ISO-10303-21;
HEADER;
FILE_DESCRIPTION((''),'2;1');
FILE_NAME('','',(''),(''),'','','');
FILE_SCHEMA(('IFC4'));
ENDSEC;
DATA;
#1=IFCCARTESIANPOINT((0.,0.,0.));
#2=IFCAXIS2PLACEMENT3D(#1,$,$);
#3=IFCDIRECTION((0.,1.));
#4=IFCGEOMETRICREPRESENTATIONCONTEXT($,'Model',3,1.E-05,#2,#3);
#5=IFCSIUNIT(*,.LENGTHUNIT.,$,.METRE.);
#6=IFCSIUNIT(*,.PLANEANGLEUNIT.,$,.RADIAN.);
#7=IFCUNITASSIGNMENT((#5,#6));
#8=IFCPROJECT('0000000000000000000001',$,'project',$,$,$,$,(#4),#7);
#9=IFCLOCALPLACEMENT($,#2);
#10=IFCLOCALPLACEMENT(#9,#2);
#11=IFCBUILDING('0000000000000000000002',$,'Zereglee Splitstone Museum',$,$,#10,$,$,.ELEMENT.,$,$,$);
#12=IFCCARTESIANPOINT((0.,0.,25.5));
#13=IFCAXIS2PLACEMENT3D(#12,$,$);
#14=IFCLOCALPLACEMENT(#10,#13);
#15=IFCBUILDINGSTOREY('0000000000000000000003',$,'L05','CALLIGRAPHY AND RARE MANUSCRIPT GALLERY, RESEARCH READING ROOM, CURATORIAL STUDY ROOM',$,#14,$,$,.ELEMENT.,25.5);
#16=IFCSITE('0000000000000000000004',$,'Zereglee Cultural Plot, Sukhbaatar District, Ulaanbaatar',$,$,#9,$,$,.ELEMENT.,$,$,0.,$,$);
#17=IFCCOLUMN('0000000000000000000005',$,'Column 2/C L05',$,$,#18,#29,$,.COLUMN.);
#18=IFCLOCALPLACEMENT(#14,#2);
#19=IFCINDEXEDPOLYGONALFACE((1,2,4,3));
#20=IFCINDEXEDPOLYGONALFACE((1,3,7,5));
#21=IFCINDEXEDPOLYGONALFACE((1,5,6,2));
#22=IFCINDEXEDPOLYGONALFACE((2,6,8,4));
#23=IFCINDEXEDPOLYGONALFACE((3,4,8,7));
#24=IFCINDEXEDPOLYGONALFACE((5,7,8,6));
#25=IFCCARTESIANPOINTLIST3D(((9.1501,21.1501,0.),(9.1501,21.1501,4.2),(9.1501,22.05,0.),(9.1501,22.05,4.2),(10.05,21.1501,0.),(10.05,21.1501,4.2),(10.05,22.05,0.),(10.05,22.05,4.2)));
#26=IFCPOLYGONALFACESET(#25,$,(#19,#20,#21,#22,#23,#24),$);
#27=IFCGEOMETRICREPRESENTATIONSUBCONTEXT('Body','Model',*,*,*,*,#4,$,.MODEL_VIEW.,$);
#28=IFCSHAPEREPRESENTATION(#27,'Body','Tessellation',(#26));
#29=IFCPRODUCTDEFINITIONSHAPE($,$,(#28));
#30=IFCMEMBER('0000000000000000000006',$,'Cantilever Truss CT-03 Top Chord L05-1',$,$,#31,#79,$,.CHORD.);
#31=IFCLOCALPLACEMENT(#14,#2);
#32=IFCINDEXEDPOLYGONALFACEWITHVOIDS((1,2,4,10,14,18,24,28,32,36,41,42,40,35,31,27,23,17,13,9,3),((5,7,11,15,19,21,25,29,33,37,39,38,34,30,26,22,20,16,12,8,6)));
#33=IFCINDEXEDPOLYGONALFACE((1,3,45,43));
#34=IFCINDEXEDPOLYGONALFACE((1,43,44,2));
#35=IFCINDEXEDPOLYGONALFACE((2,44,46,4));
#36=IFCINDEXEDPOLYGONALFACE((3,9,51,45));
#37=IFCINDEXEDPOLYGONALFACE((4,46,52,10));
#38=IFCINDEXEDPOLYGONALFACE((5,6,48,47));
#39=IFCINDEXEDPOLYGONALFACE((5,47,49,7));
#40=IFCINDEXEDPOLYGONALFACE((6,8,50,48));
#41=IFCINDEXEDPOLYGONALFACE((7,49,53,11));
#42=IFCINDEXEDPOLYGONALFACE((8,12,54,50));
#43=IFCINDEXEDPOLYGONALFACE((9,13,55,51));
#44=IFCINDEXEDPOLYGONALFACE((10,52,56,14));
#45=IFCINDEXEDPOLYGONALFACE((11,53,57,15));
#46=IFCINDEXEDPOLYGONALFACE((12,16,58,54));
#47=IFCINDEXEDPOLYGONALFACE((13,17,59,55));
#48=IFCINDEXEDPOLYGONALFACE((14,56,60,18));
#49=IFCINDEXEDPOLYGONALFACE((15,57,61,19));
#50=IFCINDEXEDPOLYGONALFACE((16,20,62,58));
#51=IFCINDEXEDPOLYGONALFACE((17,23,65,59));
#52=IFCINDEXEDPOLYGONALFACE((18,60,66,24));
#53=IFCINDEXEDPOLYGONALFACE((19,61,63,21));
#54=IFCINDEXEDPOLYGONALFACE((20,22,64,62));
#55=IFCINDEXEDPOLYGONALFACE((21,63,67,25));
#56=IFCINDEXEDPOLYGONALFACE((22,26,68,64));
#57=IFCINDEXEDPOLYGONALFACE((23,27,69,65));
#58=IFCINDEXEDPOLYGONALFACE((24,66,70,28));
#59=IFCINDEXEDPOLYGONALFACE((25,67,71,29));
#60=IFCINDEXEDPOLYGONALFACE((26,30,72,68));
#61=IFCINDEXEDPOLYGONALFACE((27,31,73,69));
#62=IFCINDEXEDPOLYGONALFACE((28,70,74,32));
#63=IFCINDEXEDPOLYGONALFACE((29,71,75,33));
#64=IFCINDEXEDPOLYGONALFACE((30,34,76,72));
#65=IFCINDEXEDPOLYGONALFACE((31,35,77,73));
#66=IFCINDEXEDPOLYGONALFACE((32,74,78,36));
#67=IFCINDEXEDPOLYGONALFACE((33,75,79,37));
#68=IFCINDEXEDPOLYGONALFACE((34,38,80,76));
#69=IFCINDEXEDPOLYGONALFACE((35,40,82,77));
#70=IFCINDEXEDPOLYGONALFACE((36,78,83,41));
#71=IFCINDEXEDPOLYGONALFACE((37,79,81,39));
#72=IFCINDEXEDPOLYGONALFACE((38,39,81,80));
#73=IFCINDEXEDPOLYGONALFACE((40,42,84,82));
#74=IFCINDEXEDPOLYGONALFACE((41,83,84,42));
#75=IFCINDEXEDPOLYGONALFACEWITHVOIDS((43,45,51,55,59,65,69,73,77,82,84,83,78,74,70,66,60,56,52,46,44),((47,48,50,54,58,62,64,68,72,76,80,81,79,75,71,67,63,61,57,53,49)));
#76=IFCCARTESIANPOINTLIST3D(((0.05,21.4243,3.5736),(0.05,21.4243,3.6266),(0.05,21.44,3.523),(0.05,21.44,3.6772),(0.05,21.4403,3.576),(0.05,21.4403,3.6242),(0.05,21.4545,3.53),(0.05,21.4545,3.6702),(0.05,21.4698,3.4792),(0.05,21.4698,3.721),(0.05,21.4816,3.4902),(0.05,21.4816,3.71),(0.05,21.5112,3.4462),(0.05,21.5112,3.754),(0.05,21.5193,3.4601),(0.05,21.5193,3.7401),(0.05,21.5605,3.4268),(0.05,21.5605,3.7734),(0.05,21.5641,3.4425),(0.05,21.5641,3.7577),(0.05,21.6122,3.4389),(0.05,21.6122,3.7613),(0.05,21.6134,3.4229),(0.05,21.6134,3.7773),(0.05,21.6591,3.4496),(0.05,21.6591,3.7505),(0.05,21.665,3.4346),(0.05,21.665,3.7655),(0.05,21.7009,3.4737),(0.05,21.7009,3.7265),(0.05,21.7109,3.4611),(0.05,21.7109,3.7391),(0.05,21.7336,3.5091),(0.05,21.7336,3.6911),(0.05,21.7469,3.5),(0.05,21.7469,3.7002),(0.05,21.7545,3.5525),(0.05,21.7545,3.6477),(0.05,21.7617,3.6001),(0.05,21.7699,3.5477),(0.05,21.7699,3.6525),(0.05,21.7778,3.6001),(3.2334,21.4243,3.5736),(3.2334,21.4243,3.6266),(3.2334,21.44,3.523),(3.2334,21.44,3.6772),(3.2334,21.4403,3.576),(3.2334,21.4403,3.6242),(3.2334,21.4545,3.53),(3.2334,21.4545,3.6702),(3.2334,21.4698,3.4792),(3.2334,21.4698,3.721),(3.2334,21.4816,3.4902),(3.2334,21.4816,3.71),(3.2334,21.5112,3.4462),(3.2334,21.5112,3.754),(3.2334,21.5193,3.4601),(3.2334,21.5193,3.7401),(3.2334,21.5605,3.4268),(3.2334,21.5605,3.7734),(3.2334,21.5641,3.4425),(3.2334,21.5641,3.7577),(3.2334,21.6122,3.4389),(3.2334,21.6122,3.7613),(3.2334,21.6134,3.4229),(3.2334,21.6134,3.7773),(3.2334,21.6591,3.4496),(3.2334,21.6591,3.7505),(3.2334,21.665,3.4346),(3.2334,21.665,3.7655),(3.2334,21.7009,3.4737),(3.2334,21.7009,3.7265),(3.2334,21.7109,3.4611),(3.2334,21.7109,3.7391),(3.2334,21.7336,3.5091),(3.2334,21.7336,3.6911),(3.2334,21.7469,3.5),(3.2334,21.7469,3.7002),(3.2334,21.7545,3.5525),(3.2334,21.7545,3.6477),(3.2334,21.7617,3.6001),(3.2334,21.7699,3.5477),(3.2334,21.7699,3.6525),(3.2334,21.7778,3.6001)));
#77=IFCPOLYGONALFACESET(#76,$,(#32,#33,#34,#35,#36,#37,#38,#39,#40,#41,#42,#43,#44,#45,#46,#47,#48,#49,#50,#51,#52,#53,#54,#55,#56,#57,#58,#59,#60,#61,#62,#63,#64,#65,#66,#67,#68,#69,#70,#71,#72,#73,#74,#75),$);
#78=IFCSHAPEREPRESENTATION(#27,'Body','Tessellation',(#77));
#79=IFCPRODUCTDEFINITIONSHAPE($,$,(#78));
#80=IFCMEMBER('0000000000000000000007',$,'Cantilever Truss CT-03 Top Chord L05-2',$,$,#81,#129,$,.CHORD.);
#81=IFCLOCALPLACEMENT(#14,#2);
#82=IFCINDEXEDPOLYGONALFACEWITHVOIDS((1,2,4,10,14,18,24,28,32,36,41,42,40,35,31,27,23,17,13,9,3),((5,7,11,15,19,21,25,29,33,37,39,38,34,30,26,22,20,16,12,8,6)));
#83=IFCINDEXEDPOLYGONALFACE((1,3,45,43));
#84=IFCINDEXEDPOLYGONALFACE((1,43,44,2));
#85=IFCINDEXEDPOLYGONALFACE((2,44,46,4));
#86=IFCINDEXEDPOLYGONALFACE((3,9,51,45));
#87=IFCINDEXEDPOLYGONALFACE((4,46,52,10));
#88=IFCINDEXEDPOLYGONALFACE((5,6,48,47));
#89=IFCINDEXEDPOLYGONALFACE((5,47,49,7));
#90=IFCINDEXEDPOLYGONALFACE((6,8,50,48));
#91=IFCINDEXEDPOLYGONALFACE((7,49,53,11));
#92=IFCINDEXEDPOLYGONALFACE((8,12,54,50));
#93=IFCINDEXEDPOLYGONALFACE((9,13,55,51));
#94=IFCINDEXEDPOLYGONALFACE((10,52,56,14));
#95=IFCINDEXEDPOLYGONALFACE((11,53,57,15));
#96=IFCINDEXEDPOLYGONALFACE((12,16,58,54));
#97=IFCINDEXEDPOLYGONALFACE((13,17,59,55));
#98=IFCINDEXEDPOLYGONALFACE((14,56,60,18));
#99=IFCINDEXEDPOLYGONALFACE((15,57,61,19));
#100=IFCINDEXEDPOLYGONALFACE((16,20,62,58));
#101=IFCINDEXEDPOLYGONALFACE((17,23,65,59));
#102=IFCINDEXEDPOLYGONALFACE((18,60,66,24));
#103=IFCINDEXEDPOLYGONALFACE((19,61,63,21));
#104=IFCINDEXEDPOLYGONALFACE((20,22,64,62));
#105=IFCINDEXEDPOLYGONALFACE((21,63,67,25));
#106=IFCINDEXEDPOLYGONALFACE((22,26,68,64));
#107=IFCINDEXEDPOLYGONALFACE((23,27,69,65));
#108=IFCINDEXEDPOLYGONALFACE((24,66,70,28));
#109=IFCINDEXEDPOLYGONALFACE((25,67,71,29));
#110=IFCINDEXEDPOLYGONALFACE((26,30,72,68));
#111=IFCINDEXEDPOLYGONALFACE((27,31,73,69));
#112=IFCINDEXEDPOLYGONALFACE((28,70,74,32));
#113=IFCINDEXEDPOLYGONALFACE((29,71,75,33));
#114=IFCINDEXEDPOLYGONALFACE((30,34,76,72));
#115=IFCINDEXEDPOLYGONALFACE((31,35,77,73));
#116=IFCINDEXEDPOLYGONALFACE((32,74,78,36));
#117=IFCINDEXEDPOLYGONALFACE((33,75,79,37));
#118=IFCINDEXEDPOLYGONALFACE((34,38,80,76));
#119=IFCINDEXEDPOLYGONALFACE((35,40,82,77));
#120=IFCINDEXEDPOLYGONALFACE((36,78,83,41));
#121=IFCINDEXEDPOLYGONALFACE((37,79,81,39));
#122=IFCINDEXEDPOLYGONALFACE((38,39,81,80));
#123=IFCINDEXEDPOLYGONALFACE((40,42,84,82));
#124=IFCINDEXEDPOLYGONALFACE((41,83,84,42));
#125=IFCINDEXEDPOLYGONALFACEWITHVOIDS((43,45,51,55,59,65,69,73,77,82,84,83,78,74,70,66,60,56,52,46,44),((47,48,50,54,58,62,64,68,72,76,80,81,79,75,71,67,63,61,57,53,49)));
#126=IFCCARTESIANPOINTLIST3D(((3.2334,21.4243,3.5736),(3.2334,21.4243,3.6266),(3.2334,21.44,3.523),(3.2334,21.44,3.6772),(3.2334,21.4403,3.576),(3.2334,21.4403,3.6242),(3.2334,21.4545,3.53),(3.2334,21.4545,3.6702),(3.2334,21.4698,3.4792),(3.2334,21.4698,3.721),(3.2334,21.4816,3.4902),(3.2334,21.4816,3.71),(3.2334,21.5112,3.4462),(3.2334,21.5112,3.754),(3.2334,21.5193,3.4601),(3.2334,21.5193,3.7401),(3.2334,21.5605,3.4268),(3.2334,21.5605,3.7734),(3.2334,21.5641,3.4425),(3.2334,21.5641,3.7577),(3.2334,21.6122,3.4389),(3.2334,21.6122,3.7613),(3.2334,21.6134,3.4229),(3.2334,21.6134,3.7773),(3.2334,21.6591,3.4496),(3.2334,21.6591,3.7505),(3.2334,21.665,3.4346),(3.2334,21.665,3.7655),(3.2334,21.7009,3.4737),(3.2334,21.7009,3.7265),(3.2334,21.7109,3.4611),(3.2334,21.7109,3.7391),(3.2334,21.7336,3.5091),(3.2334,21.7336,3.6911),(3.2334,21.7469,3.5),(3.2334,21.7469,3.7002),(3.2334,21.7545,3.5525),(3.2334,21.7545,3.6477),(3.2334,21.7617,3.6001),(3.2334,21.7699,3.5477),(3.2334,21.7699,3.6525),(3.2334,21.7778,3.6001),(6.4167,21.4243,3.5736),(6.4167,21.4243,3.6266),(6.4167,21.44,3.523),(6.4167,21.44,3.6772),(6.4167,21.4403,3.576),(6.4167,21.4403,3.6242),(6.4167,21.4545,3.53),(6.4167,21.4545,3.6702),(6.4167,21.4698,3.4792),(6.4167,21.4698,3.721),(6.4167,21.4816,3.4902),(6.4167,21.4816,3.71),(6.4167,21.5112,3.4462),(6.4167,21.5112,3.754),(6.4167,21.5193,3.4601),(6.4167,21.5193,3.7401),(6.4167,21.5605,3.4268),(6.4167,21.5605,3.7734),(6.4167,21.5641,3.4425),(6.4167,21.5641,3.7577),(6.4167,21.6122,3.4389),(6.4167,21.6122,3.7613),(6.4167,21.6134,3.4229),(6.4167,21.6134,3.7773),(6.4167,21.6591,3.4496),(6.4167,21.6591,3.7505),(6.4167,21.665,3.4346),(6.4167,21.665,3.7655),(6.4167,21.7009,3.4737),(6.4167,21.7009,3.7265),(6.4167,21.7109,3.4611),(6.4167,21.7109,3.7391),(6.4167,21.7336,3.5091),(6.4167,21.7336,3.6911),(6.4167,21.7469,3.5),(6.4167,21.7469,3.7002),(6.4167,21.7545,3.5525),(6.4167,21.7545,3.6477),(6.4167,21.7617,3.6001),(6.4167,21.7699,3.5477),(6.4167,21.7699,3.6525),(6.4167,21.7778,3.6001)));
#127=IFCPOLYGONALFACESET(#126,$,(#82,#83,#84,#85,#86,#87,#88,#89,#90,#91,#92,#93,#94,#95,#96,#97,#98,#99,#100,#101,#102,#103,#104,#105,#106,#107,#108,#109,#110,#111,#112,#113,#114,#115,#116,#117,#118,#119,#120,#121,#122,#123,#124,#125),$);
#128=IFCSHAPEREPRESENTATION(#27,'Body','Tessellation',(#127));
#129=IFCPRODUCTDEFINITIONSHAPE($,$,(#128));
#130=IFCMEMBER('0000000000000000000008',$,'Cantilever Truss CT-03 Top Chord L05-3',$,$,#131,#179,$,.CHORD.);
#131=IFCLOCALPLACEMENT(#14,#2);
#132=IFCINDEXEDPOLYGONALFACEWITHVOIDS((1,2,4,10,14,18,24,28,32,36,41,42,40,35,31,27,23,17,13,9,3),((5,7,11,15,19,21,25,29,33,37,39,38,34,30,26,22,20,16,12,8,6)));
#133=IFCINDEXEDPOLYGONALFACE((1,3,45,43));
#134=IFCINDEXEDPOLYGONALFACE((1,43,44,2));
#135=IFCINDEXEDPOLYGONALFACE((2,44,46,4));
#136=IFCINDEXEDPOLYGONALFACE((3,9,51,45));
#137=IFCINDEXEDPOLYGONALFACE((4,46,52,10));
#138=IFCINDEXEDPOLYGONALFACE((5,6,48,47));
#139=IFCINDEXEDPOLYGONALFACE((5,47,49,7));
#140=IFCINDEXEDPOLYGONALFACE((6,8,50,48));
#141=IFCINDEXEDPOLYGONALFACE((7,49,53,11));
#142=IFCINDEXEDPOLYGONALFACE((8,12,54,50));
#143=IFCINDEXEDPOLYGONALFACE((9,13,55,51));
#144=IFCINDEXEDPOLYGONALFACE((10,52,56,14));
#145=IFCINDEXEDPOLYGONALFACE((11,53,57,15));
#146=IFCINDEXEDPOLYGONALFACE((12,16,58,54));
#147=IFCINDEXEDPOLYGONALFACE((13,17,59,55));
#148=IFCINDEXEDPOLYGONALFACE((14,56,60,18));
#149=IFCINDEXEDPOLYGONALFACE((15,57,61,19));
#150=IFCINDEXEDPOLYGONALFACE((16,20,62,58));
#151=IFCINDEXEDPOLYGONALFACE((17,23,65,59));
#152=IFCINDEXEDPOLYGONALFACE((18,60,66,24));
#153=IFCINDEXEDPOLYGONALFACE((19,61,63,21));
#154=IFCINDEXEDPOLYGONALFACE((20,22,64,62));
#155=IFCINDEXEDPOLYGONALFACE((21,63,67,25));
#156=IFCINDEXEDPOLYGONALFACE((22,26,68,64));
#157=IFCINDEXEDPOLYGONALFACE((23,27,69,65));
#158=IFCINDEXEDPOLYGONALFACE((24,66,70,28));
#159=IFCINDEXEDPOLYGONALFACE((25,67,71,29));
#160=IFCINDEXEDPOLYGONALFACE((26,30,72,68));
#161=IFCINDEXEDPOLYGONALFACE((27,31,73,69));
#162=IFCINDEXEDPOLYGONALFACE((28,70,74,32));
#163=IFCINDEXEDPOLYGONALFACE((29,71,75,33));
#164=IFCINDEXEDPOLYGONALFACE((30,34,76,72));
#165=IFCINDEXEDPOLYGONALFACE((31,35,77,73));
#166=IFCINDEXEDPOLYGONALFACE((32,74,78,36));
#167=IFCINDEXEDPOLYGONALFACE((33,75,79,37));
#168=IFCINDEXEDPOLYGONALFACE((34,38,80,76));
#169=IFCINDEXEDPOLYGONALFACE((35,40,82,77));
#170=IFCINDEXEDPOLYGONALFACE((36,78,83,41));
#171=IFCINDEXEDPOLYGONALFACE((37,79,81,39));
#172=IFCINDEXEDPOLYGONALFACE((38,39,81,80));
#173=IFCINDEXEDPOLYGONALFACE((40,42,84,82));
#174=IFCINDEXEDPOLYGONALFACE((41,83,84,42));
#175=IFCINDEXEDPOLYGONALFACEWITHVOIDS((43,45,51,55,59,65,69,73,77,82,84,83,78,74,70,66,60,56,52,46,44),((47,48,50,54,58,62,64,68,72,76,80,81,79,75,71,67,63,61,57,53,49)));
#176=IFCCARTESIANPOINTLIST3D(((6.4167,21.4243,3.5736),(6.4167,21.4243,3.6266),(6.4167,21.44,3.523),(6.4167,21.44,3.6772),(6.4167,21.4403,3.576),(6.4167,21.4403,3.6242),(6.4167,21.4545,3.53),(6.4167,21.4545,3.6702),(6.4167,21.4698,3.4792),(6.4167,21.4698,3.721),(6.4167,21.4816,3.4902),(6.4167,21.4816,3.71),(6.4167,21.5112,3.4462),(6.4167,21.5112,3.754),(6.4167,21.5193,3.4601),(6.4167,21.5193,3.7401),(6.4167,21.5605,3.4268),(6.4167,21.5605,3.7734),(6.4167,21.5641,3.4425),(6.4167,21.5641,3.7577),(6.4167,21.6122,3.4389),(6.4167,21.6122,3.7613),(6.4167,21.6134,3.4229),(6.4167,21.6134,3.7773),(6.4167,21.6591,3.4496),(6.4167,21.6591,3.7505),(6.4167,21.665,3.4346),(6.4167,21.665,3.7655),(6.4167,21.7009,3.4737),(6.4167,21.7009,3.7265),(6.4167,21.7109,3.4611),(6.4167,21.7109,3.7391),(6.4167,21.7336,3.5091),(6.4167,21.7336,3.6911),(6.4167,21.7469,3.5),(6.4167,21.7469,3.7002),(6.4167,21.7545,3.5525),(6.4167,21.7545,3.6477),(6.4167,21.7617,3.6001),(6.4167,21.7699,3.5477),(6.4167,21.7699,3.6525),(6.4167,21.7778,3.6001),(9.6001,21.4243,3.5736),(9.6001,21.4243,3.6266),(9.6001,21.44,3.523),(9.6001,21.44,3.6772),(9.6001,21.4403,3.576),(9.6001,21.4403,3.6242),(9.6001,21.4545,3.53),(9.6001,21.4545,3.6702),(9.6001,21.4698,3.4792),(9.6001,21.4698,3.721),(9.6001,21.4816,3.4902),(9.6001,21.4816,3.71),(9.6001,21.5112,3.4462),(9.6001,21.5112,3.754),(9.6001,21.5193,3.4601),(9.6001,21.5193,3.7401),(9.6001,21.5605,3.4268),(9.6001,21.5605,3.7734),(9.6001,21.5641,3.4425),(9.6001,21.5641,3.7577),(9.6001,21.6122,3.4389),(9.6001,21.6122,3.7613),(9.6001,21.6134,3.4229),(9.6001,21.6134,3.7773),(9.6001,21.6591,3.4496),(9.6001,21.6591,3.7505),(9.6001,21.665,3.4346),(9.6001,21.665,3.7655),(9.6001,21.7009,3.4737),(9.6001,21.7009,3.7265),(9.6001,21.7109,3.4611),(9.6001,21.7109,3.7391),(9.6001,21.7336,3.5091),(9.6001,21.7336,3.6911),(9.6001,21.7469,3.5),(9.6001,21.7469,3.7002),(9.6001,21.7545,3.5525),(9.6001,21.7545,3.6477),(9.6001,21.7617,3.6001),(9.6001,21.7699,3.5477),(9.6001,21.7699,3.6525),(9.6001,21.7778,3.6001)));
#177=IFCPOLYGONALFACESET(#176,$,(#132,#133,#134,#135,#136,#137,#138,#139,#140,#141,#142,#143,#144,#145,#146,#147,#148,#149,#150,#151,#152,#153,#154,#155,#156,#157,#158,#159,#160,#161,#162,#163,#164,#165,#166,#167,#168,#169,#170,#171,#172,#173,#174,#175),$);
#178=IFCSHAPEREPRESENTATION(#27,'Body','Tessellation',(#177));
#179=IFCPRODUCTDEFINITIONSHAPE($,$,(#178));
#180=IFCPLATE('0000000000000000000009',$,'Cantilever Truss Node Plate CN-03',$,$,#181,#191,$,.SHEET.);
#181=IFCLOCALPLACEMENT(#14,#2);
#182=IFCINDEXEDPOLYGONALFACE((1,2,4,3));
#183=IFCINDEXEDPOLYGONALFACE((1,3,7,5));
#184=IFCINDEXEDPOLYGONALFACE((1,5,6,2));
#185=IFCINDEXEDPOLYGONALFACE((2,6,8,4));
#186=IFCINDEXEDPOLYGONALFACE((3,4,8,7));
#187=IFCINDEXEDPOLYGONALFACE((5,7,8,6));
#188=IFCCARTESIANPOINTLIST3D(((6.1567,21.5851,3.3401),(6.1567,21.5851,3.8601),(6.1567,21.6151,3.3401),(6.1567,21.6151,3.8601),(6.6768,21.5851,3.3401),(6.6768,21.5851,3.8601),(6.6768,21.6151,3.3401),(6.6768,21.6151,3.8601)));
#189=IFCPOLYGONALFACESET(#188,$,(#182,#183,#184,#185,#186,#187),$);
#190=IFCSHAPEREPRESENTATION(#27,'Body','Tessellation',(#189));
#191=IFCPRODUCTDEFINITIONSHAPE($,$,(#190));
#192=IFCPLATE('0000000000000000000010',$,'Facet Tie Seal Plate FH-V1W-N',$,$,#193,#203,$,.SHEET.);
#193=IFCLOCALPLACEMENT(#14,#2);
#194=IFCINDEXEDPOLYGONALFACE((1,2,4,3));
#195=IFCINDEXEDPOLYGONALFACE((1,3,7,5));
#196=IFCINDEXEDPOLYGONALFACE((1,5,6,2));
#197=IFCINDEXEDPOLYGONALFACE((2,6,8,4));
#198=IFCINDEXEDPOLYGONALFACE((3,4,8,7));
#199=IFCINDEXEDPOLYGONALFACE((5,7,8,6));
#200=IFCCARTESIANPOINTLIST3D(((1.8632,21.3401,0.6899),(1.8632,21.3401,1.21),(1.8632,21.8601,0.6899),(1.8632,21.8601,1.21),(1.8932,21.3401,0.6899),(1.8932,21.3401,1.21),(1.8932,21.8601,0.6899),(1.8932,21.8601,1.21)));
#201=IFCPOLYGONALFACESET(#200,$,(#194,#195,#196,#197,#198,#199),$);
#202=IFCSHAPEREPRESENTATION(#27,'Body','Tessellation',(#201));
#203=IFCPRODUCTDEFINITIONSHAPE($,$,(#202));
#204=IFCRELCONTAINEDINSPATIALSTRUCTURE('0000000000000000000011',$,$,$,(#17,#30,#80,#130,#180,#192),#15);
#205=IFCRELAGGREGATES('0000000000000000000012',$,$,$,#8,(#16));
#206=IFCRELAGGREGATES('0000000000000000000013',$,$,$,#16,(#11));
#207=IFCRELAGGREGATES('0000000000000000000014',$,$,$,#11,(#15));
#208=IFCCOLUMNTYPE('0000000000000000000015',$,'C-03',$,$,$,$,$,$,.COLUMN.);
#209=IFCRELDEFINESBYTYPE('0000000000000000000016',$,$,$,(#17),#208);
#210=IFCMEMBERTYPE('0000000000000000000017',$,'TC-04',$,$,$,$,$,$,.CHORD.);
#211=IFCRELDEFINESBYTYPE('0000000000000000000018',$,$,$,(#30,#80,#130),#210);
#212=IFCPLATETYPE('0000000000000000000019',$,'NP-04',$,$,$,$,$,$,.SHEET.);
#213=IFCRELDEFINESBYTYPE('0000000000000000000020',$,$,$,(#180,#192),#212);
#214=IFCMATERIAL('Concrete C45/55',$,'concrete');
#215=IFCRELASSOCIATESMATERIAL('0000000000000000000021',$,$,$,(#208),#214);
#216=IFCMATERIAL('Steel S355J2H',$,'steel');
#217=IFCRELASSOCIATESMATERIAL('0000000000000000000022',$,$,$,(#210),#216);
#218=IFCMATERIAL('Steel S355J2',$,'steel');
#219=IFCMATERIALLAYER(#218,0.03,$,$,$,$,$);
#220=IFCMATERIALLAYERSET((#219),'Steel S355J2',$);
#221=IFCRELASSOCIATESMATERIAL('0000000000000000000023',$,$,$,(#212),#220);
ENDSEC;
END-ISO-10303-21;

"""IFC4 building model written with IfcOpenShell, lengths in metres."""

from ifc_helpers import new_model, si_unit, direction, frame, origin, origin_2d, place, context, subcontext, project, spatial, rectangle, hollow_circle, extrude, material, layer, layer_set, material_profile, profile_set, type_object, element, save


model = new_model("IFC4")

# Units and contexts
model_context = context("Model", 3, precision=1e-05, world=origin(), true_north=direction((0.0, 1.0)))
body_context = subcontext(model_context, "Body", "Model", "MODEL_VIEW")
ifc_project = project(units=[si_unit("LENGTHUNIT", "METRE"), si_unit("PLANEANGLEUNIT", "RADIAN")], contexts=[model_context])

# Site, building, storey
site_placement = place(None, origin())
site = spatial("IfcSite", under=ifc_project, at=site_placement, Name="Zereglee Cultural Plot, Sukhbaatar District, Ulaanbaatar", CompositionType="ELEMENT", RefElevation=0.0)
building_placement = place(site_placement, origin())
building = spatial("IfcBuilding", under=site, at=building_placement, Name="Zereglee Splitstone Museum", CompositionType="ELEMENT")
storey_placement = place(building_placement, frame((0.0, 0.0, 25.5)))
storey = spatial("IfcBuildingStorey", under=building, at=storey_placement, Name="L05", Description="CALLIGRAPHY AND RARE MANUSCRIPT GALLERY, RESEARCH READING ROOM, CURATORIAL STUDY ROOM", CompositionType="ELEMENT", Elevation=25.5)

# Column
ifc_material_1 = material(Name="Concrete C45/55", Category="concrete")
ifc_material_profile_1 = material_profile(ifc_material_1, rectangle(XDim=0.8999, YDim=0.8999, at=origin_2d()), Name="RC 900x900")
ifc_profile_set_1 = profile_set([ifc_material_profile_1], Name="Concrete C45/55")
column_type = type_object("IfcColumnType", Name="C-03", PredefinedType="COLUMN", material=ifc_profile_set_1)
column_placement = place(storey_placement, frame((9.6001, 21.6001, 0.0), z_axis=(0.0, 0.0, 1.0), x_axis=(1.0, 0.0, 0.0)))
element("IfcColumn", 1, at=column_placement, inside=storey, type_object=column_type, Name="Column 2/C L05", PredefinedType="COLUMN", context=body_context, shape_type="SweptSolid", body=[
    extrude(rectangle(XDim=0.8999, YDim=0.8999, at=origin_2d()), origin(), (0.0, 0.0, 1.0), 4.2),
])

# Members
ifc_material_2 = material(Name="Steel S355J2H", Category="steel")
ifc_material_profile_2 = material_profile(ifc_material_2, hollow_circle(Radius=0.1777, WallThickness=0.0161, at=origin_2d()), Name="CHS 355.6x16")
ifc_profile_set_2 = profile_set([ifc_material_profile_2], Name="Steel S355J2H")
member_type = type_object("IfcMemberType", Name="TC-04", PredefinedType="CHORD", material=ifc_profile_set_2)
for number, where, z_axis, x_axis, name in (
    (2, (0.05, 21.6001, 3.6001), (1.0, 0.0, 0.0), (0.0, 1.0, 0.0), "Cantilever Truss CT-03 Top Chord L05-1"),
    (3, (3.2334, 21.6001, 3.6001), (1.0, 0.0, 0.0), (0.0, 1.0, 0.0), "Cantilever Truss CT-03 Top Chord L05-2"),
    (4, (6.4167, 21.6001, 3.6001), (1.0, 0.0, 0.0), (0.0, 1.0, 0.0), "Cantilever Truss CT-03 Top Chord L05-3"),
):
    element("IfcMember", number, at=place(storey_placement, frame(where, z_axis=z_axis, x_axis=x_axis)), inside=storey, type_object=member_type, Name=name, PredefinedType="CHORD", context=body_context, shape_type="SweptSolid", body=[
        extrude(hollow_circle(Radius=0.1777, WallThickness=0.0161, at=origin_2d()), origin(), (0.0, 0.0, 1.0), 3.1833),
    ])

# Plates
ifc_material_3 = material(Name="Steel S355J2", Category="steel")
ifc_layer_1 = layer(ifc_material_3, 0.03)
ifc_layer_set_1 = layer_set([ifc_layer_1], Name="Steel S355J2")
plate_type_1 = type_object("IfcPlateType", Name="NP-04", PredefinedType="SHEET", material=ifc_layer_set_1)
plate_1_placement = place(storey_placement, frame((6.4167, 21.6001, 3.3401), z_axis=(0.0, 0.0, 1.0), x_axis=(1.0, 0.0, 0.0)))
element("IfcPlate", 5, at=plate_1_placement, inside=storey, type_object=plate_type_1, Name="Cantilever Truss Node Plate CN-03", PredefinedType="SHEET", context=body_context, shape_type="SweptSolid", body=[
    extrude(rectangle(XDim=0.52, YDim=0.03, at=origin_2d()), origin(), (0.0, 0.0, 1.0), 0.52),
])
for number, where, z_axis, x_axis, name in (
    (6, (1.8782, 21.6001, 0.6899), (0.0, 0.0, 1.0), (1.0, 0.0, 0.0), "Facet Tie Seal Plate FH-V1W-N"),
):
    element("IfcPlate", number, at=place(storey_placement, frame(where, z_axis=z_axis, x_axis=x_axis)), inside=storey, type_object=plate_type_1, Name=name, PredefinedType="SHEET", context=body_context, shape_type="SweptSolid", body=[
        extrude(rectangle(XDim=0.03, YDim=0.52, at=origin_2d()), origin(), (0.0, 0.0, 1.0), 0.52),
    ])

save(model, "model.ifc")
